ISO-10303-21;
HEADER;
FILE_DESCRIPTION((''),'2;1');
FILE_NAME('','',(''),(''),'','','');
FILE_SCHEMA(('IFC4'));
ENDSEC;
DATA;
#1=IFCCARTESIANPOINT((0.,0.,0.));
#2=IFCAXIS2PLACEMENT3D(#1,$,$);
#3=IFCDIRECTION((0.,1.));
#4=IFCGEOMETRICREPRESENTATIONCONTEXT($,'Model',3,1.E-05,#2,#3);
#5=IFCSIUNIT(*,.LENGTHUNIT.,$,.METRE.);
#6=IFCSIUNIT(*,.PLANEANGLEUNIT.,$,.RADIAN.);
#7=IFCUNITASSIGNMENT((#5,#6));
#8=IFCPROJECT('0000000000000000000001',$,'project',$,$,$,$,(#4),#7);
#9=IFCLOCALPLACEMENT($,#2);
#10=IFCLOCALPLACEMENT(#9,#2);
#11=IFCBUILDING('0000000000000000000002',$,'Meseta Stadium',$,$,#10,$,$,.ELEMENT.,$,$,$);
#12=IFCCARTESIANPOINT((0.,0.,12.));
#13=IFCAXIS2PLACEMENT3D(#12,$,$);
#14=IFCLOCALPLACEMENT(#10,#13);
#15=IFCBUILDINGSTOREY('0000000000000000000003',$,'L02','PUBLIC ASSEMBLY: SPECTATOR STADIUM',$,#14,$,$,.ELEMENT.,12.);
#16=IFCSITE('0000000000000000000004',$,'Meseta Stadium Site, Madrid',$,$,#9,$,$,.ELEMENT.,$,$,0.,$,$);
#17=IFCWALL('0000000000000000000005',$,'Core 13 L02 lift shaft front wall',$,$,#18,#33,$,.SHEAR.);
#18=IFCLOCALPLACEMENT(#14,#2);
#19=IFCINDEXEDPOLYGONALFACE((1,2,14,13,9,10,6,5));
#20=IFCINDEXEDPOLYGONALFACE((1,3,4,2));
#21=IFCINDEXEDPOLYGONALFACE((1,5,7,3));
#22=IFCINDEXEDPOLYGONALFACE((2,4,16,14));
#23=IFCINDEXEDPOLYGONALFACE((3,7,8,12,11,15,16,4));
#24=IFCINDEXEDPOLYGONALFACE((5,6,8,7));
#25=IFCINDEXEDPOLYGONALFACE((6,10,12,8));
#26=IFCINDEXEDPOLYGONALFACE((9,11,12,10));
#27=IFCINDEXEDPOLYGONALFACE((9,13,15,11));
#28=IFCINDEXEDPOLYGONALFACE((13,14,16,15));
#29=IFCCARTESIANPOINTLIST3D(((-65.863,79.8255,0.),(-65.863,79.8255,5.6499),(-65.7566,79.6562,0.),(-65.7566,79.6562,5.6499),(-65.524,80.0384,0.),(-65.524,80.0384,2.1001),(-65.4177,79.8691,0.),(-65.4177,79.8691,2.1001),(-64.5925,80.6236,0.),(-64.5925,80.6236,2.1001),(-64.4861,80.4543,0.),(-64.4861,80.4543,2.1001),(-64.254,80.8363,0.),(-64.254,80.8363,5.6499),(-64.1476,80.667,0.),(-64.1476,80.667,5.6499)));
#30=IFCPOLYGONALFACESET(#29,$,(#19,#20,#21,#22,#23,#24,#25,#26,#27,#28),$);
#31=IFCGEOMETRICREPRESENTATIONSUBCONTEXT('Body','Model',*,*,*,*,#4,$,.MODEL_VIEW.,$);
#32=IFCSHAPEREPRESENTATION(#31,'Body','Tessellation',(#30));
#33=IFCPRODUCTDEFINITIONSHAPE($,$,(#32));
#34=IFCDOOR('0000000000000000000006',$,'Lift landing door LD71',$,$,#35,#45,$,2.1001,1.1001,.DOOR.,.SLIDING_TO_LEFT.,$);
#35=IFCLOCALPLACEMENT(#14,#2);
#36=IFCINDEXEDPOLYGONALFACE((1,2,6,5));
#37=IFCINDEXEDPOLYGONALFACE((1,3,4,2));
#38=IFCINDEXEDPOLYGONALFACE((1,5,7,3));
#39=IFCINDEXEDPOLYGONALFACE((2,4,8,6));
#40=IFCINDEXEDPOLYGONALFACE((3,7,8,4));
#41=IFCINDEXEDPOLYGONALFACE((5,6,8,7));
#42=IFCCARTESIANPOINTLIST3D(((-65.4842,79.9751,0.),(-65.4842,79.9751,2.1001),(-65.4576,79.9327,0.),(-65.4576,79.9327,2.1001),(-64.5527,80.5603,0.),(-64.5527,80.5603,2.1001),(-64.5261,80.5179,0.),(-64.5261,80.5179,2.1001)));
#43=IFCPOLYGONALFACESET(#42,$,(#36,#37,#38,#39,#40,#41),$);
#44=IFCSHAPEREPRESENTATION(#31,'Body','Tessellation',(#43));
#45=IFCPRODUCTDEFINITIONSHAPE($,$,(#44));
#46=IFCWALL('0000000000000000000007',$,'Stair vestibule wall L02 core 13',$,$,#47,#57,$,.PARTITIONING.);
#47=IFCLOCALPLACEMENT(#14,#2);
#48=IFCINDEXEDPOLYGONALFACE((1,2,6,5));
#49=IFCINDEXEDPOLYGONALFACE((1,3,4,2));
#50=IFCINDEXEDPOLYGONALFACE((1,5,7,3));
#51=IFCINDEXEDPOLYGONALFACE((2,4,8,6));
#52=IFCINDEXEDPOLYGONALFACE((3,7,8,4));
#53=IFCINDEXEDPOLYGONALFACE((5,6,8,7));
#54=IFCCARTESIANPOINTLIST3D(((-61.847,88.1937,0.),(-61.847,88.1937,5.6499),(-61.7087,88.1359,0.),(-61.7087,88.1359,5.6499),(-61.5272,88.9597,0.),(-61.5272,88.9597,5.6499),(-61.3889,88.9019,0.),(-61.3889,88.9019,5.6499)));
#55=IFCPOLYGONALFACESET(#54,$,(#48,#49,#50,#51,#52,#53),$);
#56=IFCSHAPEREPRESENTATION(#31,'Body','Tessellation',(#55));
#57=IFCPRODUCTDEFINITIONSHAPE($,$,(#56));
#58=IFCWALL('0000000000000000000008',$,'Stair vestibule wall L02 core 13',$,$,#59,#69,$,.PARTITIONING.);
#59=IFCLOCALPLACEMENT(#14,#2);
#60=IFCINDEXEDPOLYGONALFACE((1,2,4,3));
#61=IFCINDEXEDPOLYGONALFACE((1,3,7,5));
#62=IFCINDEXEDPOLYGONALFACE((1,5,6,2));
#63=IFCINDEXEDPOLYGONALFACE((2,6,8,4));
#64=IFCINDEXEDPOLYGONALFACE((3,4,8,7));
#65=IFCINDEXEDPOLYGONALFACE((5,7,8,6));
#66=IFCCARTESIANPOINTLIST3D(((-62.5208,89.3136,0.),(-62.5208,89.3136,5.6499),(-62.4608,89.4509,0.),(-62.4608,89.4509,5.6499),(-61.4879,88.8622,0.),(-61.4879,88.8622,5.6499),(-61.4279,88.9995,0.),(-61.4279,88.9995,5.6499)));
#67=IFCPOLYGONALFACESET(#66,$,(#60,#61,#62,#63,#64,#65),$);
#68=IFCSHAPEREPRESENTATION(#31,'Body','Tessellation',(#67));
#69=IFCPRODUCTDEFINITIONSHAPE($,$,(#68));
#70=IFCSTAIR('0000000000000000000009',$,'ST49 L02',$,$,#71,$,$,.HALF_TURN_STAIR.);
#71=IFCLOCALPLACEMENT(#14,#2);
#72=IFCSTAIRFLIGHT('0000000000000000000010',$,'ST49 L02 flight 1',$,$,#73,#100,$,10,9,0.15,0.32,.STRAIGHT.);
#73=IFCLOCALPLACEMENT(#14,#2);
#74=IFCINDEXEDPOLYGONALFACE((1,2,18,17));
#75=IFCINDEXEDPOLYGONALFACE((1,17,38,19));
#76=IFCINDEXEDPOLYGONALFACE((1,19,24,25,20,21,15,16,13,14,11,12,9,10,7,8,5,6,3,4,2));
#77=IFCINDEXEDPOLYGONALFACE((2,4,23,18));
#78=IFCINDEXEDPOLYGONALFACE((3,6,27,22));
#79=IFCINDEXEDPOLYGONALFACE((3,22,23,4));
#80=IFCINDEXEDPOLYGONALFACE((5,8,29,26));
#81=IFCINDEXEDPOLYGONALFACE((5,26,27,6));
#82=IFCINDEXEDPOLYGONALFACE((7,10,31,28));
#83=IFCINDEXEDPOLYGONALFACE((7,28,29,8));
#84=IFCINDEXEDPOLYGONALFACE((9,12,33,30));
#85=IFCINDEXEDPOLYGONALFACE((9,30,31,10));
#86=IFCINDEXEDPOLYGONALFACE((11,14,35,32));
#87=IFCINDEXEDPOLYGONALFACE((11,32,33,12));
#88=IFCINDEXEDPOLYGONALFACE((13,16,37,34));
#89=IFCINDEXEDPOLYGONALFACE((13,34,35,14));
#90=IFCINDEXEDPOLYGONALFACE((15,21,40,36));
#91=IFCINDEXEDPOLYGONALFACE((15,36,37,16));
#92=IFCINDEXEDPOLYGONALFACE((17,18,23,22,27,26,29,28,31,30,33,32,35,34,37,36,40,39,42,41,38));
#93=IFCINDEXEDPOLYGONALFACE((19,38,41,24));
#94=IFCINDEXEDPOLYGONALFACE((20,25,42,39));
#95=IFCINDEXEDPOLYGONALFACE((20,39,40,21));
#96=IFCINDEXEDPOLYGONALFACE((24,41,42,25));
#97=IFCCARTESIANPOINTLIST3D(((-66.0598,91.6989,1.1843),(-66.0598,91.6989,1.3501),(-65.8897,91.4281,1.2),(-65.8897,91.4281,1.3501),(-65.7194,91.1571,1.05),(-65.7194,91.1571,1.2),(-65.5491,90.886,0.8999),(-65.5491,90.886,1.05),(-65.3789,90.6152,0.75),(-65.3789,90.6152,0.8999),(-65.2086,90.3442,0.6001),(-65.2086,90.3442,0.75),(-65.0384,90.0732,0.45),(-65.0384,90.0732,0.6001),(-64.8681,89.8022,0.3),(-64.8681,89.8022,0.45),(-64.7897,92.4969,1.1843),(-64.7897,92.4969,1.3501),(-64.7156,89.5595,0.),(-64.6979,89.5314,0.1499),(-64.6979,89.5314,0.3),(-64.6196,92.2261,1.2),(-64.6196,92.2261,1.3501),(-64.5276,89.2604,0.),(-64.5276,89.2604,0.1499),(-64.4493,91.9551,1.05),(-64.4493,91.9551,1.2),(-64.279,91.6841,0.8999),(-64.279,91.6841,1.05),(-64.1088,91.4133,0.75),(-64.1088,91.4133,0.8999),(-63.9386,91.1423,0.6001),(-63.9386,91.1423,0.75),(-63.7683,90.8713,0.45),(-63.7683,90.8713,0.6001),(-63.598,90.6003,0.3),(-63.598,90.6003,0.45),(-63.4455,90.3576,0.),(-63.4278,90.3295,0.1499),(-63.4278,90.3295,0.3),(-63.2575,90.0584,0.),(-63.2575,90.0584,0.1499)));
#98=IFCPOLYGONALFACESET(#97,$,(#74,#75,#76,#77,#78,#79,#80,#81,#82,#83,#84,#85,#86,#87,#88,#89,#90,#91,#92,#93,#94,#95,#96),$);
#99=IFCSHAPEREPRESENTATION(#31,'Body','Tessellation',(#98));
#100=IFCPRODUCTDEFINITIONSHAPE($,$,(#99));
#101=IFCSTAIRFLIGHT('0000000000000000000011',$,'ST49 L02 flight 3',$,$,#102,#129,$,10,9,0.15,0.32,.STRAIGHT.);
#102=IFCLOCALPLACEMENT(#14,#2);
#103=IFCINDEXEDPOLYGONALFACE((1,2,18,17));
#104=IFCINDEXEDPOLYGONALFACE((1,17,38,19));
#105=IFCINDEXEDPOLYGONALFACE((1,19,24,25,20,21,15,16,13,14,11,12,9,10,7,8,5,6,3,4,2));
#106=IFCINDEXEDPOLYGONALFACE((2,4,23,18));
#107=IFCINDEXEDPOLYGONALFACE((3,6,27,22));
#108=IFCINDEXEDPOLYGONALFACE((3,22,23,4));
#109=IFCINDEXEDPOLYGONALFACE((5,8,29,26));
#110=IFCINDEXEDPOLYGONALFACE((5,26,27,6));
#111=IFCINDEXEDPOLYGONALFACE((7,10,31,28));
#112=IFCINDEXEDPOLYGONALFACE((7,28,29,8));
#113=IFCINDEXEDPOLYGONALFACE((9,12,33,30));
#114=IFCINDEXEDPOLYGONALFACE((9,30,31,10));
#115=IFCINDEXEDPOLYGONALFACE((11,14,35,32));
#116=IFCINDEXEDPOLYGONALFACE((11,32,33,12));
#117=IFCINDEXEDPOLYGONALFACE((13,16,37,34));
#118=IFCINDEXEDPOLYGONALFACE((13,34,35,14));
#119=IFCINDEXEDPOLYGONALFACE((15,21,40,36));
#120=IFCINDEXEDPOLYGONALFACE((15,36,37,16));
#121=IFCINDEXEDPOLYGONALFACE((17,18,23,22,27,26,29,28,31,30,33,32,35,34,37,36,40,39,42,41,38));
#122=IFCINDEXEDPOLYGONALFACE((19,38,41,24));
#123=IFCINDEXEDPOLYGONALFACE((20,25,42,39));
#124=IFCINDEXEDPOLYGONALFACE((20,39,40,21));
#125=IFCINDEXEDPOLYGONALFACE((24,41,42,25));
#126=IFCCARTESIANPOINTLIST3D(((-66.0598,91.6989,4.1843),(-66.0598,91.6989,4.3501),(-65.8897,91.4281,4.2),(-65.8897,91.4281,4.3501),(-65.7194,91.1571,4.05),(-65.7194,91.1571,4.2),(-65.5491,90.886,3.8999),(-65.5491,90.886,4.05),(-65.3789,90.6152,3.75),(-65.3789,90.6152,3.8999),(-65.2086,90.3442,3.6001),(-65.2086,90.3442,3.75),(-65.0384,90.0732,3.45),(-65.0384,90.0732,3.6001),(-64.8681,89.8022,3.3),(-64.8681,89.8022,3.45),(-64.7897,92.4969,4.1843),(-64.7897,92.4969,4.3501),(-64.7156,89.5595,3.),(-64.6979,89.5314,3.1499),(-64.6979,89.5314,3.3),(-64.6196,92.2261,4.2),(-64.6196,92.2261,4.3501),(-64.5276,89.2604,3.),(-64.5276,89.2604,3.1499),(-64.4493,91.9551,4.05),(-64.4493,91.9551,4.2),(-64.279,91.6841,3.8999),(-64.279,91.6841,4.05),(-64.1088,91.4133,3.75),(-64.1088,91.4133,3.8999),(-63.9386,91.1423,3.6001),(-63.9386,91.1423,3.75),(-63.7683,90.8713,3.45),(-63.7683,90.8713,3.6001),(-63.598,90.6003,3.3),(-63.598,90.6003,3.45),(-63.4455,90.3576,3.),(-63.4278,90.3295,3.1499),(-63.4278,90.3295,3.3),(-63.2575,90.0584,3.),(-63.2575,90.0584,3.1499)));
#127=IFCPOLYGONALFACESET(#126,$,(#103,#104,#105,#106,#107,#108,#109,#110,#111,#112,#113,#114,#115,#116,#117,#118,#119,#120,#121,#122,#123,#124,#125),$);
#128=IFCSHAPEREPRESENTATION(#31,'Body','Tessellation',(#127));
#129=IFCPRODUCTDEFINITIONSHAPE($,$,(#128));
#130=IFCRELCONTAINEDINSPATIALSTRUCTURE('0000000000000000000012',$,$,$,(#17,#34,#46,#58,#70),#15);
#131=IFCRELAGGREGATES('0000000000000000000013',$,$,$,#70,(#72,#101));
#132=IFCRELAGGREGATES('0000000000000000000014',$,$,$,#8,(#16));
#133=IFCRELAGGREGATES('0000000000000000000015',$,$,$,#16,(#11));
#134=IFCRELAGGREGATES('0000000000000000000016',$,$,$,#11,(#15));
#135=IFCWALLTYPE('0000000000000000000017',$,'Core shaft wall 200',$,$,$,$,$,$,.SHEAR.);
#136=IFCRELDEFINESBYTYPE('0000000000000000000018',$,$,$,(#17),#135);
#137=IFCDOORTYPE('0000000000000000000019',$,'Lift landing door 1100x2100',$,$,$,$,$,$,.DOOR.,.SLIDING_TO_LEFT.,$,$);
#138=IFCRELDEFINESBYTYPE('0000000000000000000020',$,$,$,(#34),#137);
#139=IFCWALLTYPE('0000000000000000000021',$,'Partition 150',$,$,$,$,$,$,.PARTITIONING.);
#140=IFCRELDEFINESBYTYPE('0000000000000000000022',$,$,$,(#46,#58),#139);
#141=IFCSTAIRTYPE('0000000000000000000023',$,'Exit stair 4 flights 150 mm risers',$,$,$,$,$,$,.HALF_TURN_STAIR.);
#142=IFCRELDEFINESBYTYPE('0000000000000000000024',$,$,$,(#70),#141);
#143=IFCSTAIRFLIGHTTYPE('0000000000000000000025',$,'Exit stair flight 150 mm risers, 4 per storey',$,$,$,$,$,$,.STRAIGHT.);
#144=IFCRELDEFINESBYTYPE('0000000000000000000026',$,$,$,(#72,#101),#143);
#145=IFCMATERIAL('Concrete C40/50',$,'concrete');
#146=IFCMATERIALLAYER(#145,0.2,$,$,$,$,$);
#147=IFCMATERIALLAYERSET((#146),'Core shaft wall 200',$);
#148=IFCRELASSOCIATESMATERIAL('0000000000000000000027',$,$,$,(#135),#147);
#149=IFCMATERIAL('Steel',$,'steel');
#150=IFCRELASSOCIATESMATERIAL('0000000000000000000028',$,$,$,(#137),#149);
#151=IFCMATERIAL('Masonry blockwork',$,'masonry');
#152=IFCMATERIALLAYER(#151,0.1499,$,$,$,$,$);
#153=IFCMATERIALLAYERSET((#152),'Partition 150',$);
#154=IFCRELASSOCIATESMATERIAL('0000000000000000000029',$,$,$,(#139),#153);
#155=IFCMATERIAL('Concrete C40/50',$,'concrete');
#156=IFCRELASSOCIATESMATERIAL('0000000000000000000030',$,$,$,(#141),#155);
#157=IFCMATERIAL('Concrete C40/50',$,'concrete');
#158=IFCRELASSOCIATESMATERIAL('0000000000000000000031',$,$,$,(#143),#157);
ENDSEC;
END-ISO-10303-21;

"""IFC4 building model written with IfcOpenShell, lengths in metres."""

from ifc_helpers import new_model, si_unit, direction, frame, frame_2d, origin, place, context, subcontext, project, spatial, polyline, rectangle, outline, extrude, material, layer, layer_set, type_object, element, fill, aggregate, save


model = new_model("IFC4")

# Units and contexts
model_context = context("Model", 3, precision=1e-05, world=origin(), true_north=direction((0.0, 1.0)))
body_context = subcontext(model_context, "Body", "Model", "MODEL_VIEW")
ifc_project = project(units=[si_unit("LENGTHUNIT", "METRE"), si_unit("PLANEANGLEUNIT", "RADIAN")], contexts=[model_context])

# Site, building, storey
site_placement = place(None, origin())
site = spatial("IfcSite", under=ifc_project, at=site_placement, Name="Meseta Stadium Site, Madrid", CompositionType="ELEMENT", RefElevation=0.0)
building_placement = place(site_placement, origin())
building = spatial("IfcBuilding", under=site, at=building_placement, Name="Meseta Stadium", CompositionType="ELEMENT")
storey_placement = place(building_placement, frame((0.0, 0.0, 12.0)))
storey = spatial("IfcBuildingStorey", under=building, at=storey_placement, Name="L02", Description="PUBLIC ASSEMBLY: SPECTATOR STADIUM", CompositionType="ELEMENT", Elevation=12.0)

# Shared definitions
ifc_material_1 = material(Name="Concrete C40/50", Category="concrete")
ifc_layer_1 = layer(ifc_material_1, 0.2)
ifc_layer_set_1 = layer_set([ifc_layer_1], Name="Core shaft wall 200")
wall_type_1 = type_object("IfcWallType", Name="Core shaft wall 200", PredefinedType="SHEAR", material=ifc_layer_set_1)

# Wall, opening, door
wall_1_placement = place(storey_placement, frame((-64.2007, 80.7517, 0.0), z_axis=(0.0, 0.0, 1.0), x_axis=(-0.846769, -0.531961, 0.0)))
wall_1 = element("IfcWall", 1, at=wall_1_placement, inside=storey, type_object=wall_type_1, Name="Core 13 L02 lift shaft front wall", PredefinedType="SHEAR", context=body_context, shape_type="SweptSolid", body=[
    extrude(rectangle(XDim=1.9001, YDim=0.2, at=frame_2d((0.9502, 0.0))), origin(), (0.0, 0.0, 1.0), 5.6499),
])
opening_1_placement = place(wall_1_placement, frame((0.3999, 0.0, 0.0)))
opening_1 = element("IfcOpeningElement", 2, at=opening_1_placement, cuts=wall_1, PredefinedType="OPENING", context=body_context, shape_type="SweptSolid", body=[
    extrude(rectangle(XDim=1.1001, YDim=2.1001, at=frame_2d((0.55, 1.05))), frame((0.0, 0.1099, 0.0), z_axis=(0.0, -1.0, 0.0), x_axis=(1.0, 0.0, 0.0)), (0.0, 0.0, 1.0), 0.22),
])
ifc_material_2 = material(Name="Steel", Category="steel")
door_type_1 = type_object("IfcDoorType", Name="Lift landing door 1100x2100", OperationType="SLIDING_TO_LEFT", PredefinedType="DOOR", material=ifc_material_2)
door_1_placement = place(opening_1_placement, origin())
door_1 = element("IfcDoor", 3, at=door_1_placement, inside=storey, type_object=door_type_1, Name="Lift landing door LD71", OperationType="SLIDING_TO_LEFT", OverallHeight=2.1001, OverallWidth=1.1001, PredefinedType="DOOR", context=body_context, shape_type="SweptSolid", body=[
    extrude(rectangle(XDim=1.1001, YDim=2.1001, at=frame_2d((0.55, 1.05))), frame((0.0, 0.0249, 0.0), z_axis=(0.0, -1.0, 0.0), x_axis=(1.0, 0.0, 0.0)), (0.0, 0.0, 1.0), 0.05),
])
fill(opening_1, door_1)

# Walls
ifc_material_3 = material(Name="Masonry blockwork", Category="masonry")
ifc_layer_2 = layer(ifc_material_3, 0.1499)
ifc_layer_set_2 = layer_set([ifc_layer_2], Name="Partition 150")
wall_type_2 = type_object("IfcWallType", Name="Partition 150", PredefinedType="PARTITIONING", material=ifc_layer_set_2)
wall_2_placement = place(storey_placement, frame((-61.7778, 88.1648, 0.0), z_axis=(0.0, 0.0, 1.0), x_axis=(0.385242, 0.922816, 0.0)))
element("IfcWall", 4, at=wall_2_placement, inside=storey, type_object=wall_type_2, Name="Stair vestibule wall L02 core 13", PredefinedType="PARTITIONING", context=body_context, shape_type="SweptSolid", body=[
    extrude(rectangle(XDim=0.8301, YDim=0.1499, at=frame_2d((0.415, 0.0))), origin(), (0.0, 0.0, 1.0), 5.6499),
])
wall_3_placement = place(storey_placement, frame((-61.458, 88.9309, 0.0), z_axis=(0.0, 0.0, 1.0), x_axis=(-0.916321, 0.400444, 0.0)))
element("IfcWall", 5, at=wall_3_placement, inside=storey, type_object=wall_type_2, Name="Stair vestibule wall L02 core 13", PredefinedType="PARTITIONING", context=body_context, shape_type="SweptSolid", body=[
    extrude(rectangle(XDim=1.1272, YDim=0.1499, at=frame_2d((0.5635, 0.0))), origin(), (0.0, 0.0, 1.0), 5.6499),
])

# Stair, stair flights
ifc_material_4 = material(Name="Concrete C40/50", Category="concrete")
stair_type = type_object("IfcStairType", Name="Exit stair 4 flights 150 mm risers", PredefinedType="HALF_TURN_STAIR", material=ifc_material_4)
stair_placement = place(storey_placement, origin())
stair = element("IfcStair", 6, at=stair_placement, inside=storey, type_object=stair_type, Name="ST49 L02", PredefinedType="HALF_TURN_STAIR")
ifc_material_5 = material(Name="Concrete C40/50", Category="concrete")
stair_flight_type = type_object("IfcStairFlightType", Name="Exit stair flight 150 mm risers, 4 per storey", PredefinedType="STRAIGHT", material=ifc_material_5)
stair_flight_1_placement = place(storey_placement, frame((-63.8926, 89.6594, 0.0), z_axis=(0.0, 0.0, 1.0), x_axis=(-0.532032, 0.846724, 0.0)))
stair_flight_1 = element("IfcStairFlight", 7, at=stair_flight_1_placement, type_object=stair_flight_type, Name="ST49 L02 flight 1", NumberOfRisers=10, NumberOfTreads=9, PredefinedType="STRAIGHT", RiserHeight=0.15, TreadLength=0.32, context=body_context, shape_type="SweptSolid", body=[
    extrude(outline(polyline([(0.0, 0.0), (0.0, 0.1499), (0.3201, 0.1499), (0.3201, 0.3), (0.6399, 0.3), (0.6399, 0.45), (0.96, 0.45), (0.96, 0.6001), (1.28, 0.6001), (1.28, 0.75), (1.6001, 0.75), (1.6001, 0.8999), (1.9199, 0.8999), (1.9199, 1.05), (2.24, 1.05), (2.24, 1.2), (2.5601, 1.2), (2.5601, 1.3501), (2.8799, 1.3501), (2.8799, 1.1843), (0.3533, 0.0), (0.0, 0.0)])), frame((0.0, 0.75, 0.0), z_axis=(0.0, -1.0, 0.0), x_axis=(1.0, 0.0, 0.0)), (0.0, 0.0, 1.0), 1.5),
])
stair_flight_2_placement = place(storey_placement, frame((-63.8926, 89.6594, 3.0), z_axis=(0.0, 0.0, 1.0), x_axis=(-0.532032, 0.846724, 0.0)))
stair_flight_2 = element("IfcStairFlight", 8, at=stair_flight_2_placement, type_object=stair_flight_type, Name="ST49 L02 flight 3", NumberOfRisers=10, NumberOfTreads=9, PredefinedType="STRAIGHT", RiserHeight=0.15, TreadLength=0.32, context=body_context, shape_type="SweptSolid", body=[
    extrude(outline(polyline([(0.0, 0.0), (0.0, 0.1499), (0.3201, 0.1499), (0.3201, 0.3), (0.6399, 0.3), (0.6399, 0.45), (0.96, 0.45), (0.96, 0.6001), (1.28, 0.6001), (1.28, 0.75), (1.6001, 0.75), (1.6001, 0.8999), (1.9199, 0.8999), (1.9199, 1.05), (2.24, 1.05), (2.24, 1.2), (2.5601, 1.2), (2.5601, 1.3501), (2.8799, 1.3501), (2.8799, 1.1843), (0.3533, 0.0), (0.0, 0.0)])), frame((0.0, 0.75, 0.0), z_axis=(0.0, -1.0, 0.0), x_axis=(1.0, 0.0, 0.0)), (0.0, 0.0, 1.0), 1.5),
])
aggregate(stair, [stair_flight_1, stair_flight_2])

save(model, "model.ifc")
